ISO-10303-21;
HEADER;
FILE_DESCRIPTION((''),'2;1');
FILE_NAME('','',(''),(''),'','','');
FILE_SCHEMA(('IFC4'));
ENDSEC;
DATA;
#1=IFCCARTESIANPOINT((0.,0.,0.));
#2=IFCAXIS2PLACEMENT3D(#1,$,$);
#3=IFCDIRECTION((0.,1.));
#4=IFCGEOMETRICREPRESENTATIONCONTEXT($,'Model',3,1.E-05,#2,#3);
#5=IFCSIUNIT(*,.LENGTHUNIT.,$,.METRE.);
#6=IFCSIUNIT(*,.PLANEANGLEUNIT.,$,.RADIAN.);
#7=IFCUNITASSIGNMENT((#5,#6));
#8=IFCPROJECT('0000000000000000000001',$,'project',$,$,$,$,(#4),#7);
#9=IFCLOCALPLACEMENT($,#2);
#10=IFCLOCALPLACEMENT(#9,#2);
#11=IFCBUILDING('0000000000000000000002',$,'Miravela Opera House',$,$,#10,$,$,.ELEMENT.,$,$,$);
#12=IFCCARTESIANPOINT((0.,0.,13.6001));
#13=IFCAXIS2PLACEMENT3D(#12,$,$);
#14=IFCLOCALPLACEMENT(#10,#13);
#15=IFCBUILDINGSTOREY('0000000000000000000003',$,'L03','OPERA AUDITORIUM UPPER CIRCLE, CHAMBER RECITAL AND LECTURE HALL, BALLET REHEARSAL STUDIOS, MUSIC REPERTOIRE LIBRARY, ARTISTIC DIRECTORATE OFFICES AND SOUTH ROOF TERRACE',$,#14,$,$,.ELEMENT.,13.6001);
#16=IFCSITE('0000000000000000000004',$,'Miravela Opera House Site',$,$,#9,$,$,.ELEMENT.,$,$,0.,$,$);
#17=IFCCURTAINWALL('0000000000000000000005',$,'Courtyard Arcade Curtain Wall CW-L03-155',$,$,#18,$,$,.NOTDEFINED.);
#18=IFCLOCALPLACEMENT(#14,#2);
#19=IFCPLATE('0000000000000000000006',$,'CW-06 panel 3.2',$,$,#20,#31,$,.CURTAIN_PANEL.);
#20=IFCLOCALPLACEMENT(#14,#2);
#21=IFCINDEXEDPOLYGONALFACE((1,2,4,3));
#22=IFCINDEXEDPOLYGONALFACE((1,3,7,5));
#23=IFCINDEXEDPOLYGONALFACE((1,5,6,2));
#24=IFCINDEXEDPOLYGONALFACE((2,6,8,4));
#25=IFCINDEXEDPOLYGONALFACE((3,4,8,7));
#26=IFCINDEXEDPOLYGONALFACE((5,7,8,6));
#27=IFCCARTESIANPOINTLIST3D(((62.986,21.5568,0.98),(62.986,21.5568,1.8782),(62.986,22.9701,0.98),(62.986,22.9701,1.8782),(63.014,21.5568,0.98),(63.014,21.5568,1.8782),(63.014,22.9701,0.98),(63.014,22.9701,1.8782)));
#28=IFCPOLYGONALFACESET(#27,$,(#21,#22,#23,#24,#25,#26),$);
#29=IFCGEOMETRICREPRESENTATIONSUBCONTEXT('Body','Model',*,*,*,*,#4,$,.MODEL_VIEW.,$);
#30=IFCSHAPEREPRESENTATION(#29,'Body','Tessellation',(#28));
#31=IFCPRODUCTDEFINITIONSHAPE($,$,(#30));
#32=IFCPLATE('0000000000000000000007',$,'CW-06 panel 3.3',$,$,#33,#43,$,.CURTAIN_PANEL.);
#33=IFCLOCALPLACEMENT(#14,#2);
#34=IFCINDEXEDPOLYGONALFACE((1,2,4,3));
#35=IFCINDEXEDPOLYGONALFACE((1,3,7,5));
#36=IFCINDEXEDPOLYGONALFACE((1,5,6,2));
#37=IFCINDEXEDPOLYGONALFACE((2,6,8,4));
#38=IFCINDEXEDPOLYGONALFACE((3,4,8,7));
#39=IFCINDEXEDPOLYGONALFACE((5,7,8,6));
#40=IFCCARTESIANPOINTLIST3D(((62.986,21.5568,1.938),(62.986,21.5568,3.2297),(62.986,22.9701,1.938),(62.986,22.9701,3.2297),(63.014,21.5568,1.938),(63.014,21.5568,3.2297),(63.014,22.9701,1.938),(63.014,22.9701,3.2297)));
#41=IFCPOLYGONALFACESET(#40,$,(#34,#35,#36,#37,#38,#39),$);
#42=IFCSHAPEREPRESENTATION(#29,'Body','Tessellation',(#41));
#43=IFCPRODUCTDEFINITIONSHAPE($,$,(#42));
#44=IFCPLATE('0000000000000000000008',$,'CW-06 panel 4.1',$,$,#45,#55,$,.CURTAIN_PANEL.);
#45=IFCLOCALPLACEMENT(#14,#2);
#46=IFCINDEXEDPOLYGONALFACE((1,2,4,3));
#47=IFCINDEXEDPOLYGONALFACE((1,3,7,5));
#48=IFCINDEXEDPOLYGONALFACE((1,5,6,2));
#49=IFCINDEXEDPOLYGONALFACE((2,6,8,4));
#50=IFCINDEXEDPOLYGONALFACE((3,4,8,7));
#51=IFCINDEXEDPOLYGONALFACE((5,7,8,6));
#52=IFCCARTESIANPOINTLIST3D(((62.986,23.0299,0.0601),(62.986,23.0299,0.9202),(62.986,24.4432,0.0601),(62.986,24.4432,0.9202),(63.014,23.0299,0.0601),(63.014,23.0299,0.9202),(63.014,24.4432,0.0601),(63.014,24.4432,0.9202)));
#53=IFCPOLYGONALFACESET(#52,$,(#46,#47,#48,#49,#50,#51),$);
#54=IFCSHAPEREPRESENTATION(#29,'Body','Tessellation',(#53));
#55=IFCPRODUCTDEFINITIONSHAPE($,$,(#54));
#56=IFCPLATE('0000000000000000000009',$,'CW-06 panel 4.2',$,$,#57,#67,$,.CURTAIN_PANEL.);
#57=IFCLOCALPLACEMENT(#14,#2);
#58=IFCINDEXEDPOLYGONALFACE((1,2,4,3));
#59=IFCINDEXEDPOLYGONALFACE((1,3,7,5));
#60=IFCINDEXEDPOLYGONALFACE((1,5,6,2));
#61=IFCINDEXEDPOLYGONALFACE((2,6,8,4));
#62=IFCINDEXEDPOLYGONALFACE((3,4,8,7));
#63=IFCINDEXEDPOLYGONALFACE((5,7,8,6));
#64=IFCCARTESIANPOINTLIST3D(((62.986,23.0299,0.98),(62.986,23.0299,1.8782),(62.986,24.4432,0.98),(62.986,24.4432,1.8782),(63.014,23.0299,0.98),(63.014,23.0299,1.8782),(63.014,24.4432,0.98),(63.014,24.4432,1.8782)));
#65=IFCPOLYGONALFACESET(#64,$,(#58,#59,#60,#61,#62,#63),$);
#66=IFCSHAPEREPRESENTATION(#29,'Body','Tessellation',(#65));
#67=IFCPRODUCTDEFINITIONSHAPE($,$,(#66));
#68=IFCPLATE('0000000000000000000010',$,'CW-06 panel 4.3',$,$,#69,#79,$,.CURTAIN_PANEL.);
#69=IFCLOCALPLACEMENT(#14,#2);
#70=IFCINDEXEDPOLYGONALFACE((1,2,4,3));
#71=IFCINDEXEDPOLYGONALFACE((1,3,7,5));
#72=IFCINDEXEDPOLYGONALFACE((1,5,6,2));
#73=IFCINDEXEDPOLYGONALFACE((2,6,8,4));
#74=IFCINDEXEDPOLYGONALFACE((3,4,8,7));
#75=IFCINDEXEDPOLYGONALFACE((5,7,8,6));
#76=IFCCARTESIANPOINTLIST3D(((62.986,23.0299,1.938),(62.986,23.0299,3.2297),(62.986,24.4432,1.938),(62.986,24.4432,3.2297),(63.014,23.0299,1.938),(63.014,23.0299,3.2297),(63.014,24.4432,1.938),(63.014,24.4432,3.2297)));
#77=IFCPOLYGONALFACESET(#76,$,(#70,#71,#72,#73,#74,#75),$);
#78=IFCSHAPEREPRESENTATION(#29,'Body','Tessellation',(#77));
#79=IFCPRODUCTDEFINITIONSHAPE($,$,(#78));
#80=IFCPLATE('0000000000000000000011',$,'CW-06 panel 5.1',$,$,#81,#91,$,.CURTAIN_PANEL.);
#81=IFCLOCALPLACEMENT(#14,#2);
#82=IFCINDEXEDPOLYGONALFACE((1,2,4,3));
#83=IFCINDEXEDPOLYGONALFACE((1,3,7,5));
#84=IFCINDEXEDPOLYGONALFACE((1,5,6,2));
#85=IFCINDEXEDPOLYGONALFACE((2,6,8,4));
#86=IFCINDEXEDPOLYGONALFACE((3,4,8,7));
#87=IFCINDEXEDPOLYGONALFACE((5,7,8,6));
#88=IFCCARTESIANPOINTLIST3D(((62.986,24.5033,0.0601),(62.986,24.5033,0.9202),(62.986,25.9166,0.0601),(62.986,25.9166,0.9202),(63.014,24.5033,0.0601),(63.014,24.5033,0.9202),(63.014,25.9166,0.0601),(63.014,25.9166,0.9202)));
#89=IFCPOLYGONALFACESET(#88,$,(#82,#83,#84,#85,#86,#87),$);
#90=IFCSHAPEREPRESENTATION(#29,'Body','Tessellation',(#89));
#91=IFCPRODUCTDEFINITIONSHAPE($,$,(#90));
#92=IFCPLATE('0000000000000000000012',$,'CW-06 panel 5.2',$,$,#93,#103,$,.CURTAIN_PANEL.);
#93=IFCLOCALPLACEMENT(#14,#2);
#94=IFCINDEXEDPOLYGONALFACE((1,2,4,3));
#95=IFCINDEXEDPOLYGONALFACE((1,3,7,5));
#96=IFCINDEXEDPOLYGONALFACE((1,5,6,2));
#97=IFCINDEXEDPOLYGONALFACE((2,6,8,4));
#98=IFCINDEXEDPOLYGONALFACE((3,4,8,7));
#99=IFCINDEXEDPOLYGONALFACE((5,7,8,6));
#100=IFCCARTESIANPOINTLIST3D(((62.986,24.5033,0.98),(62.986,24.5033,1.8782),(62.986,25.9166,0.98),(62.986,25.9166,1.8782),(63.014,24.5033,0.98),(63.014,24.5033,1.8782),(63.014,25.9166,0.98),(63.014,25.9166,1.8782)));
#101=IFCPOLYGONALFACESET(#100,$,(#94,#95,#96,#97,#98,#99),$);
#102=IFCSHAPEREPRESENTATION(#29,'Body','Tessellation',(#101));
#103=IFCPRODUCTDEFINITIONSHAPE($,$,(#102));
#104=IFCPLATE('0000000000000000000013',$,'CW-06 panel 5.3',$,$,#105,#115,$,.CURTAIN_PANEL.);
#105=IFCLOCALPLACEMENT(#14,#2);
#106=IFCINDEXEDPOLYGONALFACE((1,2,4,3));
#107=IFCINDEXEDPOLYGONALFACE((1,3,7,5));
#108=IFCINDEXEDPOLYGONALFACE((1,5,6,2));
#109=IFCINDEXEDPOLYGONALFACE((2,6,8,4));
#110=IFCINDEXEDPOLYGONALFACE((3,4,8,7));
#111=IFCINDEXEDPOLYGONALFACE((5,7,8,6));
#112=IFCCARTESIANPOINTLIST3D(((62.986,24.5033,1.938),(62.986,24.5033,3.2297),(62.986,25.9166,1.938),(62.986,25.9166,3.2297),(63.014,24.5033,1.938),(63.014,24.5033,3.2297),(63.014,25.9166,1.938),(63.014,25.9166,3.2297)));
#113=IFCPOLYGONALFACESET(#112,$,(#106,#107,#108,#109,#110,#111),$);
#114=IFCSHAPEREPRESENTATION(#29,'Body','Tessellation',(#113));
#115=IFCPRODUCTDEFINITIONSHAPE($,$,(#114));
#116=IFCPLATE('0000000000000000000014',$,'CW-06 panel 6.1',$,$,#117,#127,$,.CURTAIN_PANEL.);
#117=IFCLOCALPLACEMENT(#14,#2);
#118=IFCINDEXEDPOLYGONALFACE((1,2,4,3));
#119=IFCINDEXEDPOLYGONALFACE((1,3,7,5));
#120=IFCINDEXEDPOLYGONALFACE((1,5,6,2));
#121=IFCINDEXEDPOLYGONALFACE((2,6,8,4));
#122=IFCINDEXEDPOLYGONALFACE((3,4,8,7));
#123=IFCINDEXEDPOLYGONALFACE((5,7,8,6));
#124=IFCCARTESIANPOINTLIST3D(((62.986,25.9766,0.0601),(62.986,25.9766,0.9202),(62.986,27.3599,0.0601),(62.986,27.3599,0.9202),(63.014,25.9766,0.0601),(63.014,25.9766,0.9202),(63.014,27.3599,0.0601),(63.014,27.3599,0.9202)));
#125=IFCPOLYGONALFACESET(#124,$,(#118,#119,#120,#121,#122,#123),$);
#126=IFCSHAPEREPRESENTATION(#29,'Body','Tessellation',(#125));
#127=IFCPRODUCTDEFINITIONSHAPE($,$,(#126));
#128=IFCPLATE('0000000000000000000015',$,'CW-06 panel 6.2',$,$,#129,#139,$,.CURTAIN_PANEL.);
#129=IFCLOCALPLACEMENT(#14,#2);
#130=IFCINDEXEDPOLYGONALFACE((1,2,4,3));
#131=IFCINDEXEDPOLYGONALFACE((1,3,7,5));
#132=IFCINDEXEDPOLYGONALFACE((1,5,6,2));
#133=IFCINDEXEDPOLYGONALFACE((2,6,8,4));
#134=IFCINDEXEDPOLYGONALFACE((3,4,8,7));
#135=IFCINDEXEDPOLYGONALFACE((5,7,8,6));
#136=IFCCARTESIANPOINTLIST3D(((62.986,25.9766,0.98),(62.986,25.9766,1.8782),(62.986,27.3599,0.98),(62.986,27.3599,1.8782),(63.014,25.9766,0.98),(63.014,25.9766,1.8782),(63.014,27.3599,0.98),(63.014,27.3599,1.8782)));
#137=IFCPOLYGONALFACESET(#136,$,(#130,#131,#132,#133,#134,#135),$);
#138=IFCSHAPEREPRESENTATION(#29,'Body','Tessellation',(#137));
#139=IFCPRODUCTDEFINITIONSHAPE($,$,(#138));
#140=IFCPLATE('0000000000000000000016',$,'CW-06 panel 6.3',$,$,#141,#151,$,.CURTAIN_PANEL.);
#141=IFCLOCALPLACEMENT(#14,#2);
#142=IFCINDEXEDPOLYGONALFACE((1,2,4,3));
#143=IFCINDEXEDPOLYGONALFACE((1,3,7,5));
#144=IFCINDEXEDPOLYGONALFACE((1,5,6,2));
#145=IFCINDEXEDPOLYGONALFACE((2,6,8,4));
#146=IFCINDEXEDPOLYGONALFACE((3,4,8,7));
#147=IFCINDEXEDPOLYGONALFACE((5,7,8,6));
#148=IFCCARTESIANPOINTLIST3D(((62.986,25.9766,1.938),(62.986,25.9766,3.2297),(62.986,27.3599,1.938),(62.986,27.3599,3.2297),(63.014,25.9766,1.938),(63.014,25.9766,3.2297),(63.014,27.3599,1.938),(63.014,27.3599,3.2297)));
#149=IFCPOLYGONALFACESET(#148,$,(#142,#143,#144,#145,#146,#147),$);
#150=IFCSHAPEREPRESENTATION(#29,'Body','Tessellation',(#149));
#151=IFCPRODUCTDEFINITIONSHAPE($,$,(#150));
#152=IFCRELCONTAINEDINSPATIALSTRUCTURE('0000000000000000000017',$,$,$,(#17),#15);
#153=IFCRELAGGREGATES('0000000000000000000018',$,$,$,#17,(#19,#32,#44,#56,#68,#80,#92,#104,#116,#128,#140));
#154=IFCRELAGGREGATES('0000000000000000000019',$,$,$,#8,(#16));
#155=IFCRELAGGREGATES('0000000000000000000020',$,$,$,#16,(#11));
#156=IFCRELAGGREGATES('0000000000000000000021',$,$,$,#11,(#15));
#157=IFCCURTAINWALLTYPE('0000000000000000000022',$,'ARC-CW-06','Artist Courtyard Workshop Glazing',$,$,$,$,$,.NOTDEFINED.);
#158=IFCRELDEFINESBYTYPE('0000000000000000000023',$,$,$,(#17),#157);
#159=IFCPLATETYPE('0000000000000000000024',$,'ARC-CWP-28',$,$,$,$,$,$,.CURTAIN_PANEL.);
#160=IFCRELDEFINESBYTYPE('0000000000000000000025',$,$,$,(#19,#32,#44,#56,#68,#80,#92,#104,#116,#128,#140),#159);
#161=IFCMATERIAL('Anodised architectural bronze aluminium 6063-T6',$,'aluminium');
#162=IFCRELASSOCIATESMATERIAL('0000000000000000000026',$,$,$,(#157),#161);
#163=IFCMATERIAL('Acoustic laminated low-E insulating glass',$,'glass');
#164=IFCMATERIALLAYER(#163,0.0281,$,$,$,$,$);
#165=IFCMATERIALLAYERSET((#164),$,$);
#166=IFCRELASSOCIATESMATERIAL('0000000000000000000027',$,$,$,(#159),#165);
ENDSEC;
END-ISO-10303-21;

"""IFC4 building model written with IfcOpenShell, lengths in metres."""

from ifc_helpers import new_model, si_unit, direction, frame, origin, origin_2d, place, context, subcontext, project, spatial, rectangle, extrude, material, layer, layer_set, type_object, element, aggregate, save


model = new_model("IFC4")

# Units and contexts
model_context = context("Model", 3, precision=1e-05, world=origin(), true_north=direction((0.0, 1.0)))
body_context = subcontext(model_context, "Body", "Model", "MODEL_VIEW")
ifc_project = project(units=[si_unit("LENGTHUNIT", "METRE"), si_unit("PLANEANGLEUNIT", "RADIAN")], contexts=[model_context])

# Site, building, storey
site_placement = place(None, origin())
site = spatial("IfcSite", under=ifc_project, at=site_placement, Name="Miravela Opera House Site", CompositionType="ELEMENT", RefElevation=0.0)
building_placement = place(site_placement, origin())
building = spatial("IfcBuilding", under=site, at=building_placement, Name="Miravela Opera House", CompositionType="ELEMENT")
storey_placement = place(building_placement, frame((0.0, 0.0, 13.6001)))
storey = spatial("IfcBuildingStorey", under=building, at=storey_placement, Name="L03", Description="OPERA AUDITORIUM UPPER CIRCLE, CHAMBER RECITAL AND LECTURE HALL, BALLET REHEARSAL STUDIOS, MUSIC REPERTOIRE LIBRARY, ARTISTIC DIRECTORATE OFFICES AND SOUTH ROOF TERRACE", CompositionType="ELEMENT", Elevation=13.6001)

# Curtain wall, plates
ifc_material_1 = material(Name="Anodised architectural bronze aluminium 6063-T6", Category="aluminium")
curtain_wall_type = type_object("IfcCurtainWallType", Name="ARC-CW-06", Description="Artist Courtyard Workshop Glazing", PredefinedType="NOTDEFINED", material=ifc_material_1)
curtain_wall_placement = place(storey_placement, origin())
curtain_wall = element("IfcCurtainWall", 1, at=curtain_wall_placement, inside=storey, type_object=curtain_wall_type, Name="Courtyard Arcade Curtain Wall CW-L03-155", PredefinedType="NOTDEFINED")
ifc_material_2 = material(Name="Acoustic laminated low-E insulating glass", Category="glass")
ifc_layer = layer(ifc_material_2, 0.0281)
ifc_layer_set = layer_set([ifc_layer])
plate_type = type_object("IfcPlateType", Name="ARC-CWP-28", PredefinedType="CURTAIN_PANEL", material=ifc_layer_set)
plate_1_placement = place(storey_placement, frame((63.0, 22.2634, 0.98), z_axis=(0.0, 0.0, 1.0), x_axis=(0.0, 1.0, 0.0)))
plate_1 = element("IfcPlate", 2, at=plate_1_placement, type_object=plate_type, Name="CW-06 panel 3.2", PredefinedType="CURTAIN_PANEL", context=body_context, shape_type="SweptSolid", body=[
    extrude(rectangle(XDim=1.4133, YDim=0.0281, at=origin_2d()), origin(), (0.0, 0.0, 1.0), 0.8982),
])
plate_2_placement = place(storey_placement, frame((63.0, 22.2634, 1.938), z_axis=(0.0, 0.0, 1.0), x_axis=(0.0, 1.0, 0.0)))
plate_2 = element("IfcPlate", 3, at=plate_2_placement, type_object=plate_type, Name="CW-06 panel 3.3", PredefinedType="CURTAIN_PANEL", context=body_context, shape_type="SweptSolid", body=[
    extrude(rectangle(XDim=1.4133, YDim=0.0281, at=origin_2d()), origin(), (0.0, 0.0, 1.0), 1.2917),
])
plate_3_placement = place(storey_placement, frame((63.0, 23.7366, 0.0601), z_axis=(0.0, 0.0, 1.0), x_axis=(0.0, 1.0, 0.0)))
plate_3 = element("IfcPlate", 4, at=plate_3_placement, type_object=plate_type, Name="CW-06 panel 4.1", PredefinedType="CURTAIN_PANEL", context=body_context, shape_type="SweptSolid", body=[
    extrude(rectangle(XDim=1.4133, YDim=0.0281, at=origin_2d()), origin(), (0.0, 0.0, 1.0), 0.8601),
])
plate_4_placement = place(storey_placement, frame((63.0, 23.7366, 0.98), z_axis=(0.0, 0.0, 1.0), x_axis=(0.0, 1.0, 0.0)))
plate_4 = element("IfcPlate", 5, at=plate_4_placement, type_object=plate_type, Name="CW-06 panel 4.2", PredefinedType="CURTAIN_PANEL", context=body_context, shape_type="SweptSolid", body=[
    extrude(rectangle(XDim=1.4133, YDim=0.0281, at=origin_2d()), origin(), (0.0, 0.0, 1.0), 0.8982),
])
plate_5_placement = place(storey_placement, frame((63.0, 23.7366, 1.938), z_axis=(0.0, 0.0, 1.0), x_axis=(0.0, 1.0, 0.0)))
plate_5 = element("IfcPlate", 6, at=plate_5_placement, type_object=plate_type, Name="CW-06 panel 4.3", PredefinedType="CURTAIN_PANEL", context=body_context, shape_type="SweptSolid", body=[
    extrude(rectangle(XDim=1.4133, YDim=0.0281, at=origin_2d()), origin(), (0.0, 0.0, 1.0), 1.2917),
])
plate_6_placement = place(storey_placement, frame((63.0, 25.21, 0.0601), z_axis=(0.0, 0.0, 1.0), x_axis=(0.0, 1.0, 0.0)))
plate_6 = element("IfcPlate", 7, at=plate_6_placement, type_object=plate_type, Name="CW-06 panel 5.1", PredefinedType="CURTAIN_PANEL", context=body_context, shape_type="SweptSolid", body=[
    extrude(rectangle(XDim=1.4133, YDim=0.0281, at=origin_2d()), origin(), (0.0, 0.0, 1.0), 0.8601),
])
plate_7_placement = place(storey_placement, frame((63.0, 25.21, 0.98), z_axis=(0.0, 0.0, 1.0), x_axis=(0.0, 1.0, 0.0)))
plate_7 = element("IfcPlate", 8, at=plate_7_placement, type_object=plate_type, Name="CW-06 panel 5.2", PredefinedType="CURTAIN_PANEL", context=body_context, shape_type="SweptSolid", body=[
    extrude(rectangle(XDim=1.4133, YDim=0.0281, at=origin_2d()), origin(), (0.0, 0.0, 1.0), 0.8982),
])
plate_8_placement = place(storey_placement, frame((63.0, 25.21, 1.938), z_axis=(0.0, 0.0, 1.0), x_axis=(0.0, 1.0, 0.0)))
plate_8 = element("IfcPlate", 9, at=plate_8_placement, type_object=plate_type, Name="CW-06 panel 5.3", PredefinedType="CURTAIN_PANEL", context=body_context, shape_type="SweptSolid", body=[
    extrude(rectangle(XDim=1.4133, YDim=0.0281, at=origin_2d()), origin(), (0.0, 0.0, 1.0), 1.2917),
])
plate_9_placement = place(storey_placement, frame((63.0, 26.6682, 0.0601), z_axis=(0.0, 0.0, 1.0), x_axis=(0.0, 1.0, 0.0)))
plate_9 = element("IfcPlate", 10, at=plate_9_placement, type_object=plate_type, Name="CW-06 panel 6.1", PredefinedType="CURTAIN_PANEL", context=body_context, shape_type="SweptSolid", body=[
    extrude(rectangle(XDim=1.3833, YDim=0.0281, at=origin_2d()), origin(), (0.0, 0.0, 1.0), 0.8601),
])
plate_10_placement = place(storey_placement, frame((63.0, 26.6682, 0.98), z_axis=(0.0, 0.0, 1.0), x_axis=(0.0, 1.0, 0.0)))
plate_10 = element("IfcPlate", 11, at=plate_10_placement, type_object=plate_type, Name="CW-06 panel 6.2", PredefinedType="CURTAIN_PANEL", context=body_context, shape_type="SweptSolid", body=[
    extrude(rectangle(XDim=1.3833, YDim=0.0281, at=origin_2d()), origin(), (0.0, 0.0, 1.0), 0.8982),
])
plate_11_placement = place(storey_placement, frame((63.0, 26.6682, 1.938), z_axis=(0.0, 0.0, 1.0), x_axis=(0.0, 1.0, 0.0)))
plate_11 = element("IfcPlate", 12, at=plate_11_placement, type_object=plate_type, Name="CW-06 panel 6.3", PredefinedType="CURTAIN_PANEL", context=body_context, shape_type="SweptSolid", body=[
    extrude(rectangle(XDim=1.3833, YDim=0.0281, at=origin_2d()), origin(), (0.0, 0.0, 1.0), 1.2917),
])
aggregate(curtain_wall, [plate_1, plate_2, plate_3, plate_4, plate_5, plate_6, plate_7, plate_8, plate_9, plate_10, plate_11])

save(model, "model.ifc")
